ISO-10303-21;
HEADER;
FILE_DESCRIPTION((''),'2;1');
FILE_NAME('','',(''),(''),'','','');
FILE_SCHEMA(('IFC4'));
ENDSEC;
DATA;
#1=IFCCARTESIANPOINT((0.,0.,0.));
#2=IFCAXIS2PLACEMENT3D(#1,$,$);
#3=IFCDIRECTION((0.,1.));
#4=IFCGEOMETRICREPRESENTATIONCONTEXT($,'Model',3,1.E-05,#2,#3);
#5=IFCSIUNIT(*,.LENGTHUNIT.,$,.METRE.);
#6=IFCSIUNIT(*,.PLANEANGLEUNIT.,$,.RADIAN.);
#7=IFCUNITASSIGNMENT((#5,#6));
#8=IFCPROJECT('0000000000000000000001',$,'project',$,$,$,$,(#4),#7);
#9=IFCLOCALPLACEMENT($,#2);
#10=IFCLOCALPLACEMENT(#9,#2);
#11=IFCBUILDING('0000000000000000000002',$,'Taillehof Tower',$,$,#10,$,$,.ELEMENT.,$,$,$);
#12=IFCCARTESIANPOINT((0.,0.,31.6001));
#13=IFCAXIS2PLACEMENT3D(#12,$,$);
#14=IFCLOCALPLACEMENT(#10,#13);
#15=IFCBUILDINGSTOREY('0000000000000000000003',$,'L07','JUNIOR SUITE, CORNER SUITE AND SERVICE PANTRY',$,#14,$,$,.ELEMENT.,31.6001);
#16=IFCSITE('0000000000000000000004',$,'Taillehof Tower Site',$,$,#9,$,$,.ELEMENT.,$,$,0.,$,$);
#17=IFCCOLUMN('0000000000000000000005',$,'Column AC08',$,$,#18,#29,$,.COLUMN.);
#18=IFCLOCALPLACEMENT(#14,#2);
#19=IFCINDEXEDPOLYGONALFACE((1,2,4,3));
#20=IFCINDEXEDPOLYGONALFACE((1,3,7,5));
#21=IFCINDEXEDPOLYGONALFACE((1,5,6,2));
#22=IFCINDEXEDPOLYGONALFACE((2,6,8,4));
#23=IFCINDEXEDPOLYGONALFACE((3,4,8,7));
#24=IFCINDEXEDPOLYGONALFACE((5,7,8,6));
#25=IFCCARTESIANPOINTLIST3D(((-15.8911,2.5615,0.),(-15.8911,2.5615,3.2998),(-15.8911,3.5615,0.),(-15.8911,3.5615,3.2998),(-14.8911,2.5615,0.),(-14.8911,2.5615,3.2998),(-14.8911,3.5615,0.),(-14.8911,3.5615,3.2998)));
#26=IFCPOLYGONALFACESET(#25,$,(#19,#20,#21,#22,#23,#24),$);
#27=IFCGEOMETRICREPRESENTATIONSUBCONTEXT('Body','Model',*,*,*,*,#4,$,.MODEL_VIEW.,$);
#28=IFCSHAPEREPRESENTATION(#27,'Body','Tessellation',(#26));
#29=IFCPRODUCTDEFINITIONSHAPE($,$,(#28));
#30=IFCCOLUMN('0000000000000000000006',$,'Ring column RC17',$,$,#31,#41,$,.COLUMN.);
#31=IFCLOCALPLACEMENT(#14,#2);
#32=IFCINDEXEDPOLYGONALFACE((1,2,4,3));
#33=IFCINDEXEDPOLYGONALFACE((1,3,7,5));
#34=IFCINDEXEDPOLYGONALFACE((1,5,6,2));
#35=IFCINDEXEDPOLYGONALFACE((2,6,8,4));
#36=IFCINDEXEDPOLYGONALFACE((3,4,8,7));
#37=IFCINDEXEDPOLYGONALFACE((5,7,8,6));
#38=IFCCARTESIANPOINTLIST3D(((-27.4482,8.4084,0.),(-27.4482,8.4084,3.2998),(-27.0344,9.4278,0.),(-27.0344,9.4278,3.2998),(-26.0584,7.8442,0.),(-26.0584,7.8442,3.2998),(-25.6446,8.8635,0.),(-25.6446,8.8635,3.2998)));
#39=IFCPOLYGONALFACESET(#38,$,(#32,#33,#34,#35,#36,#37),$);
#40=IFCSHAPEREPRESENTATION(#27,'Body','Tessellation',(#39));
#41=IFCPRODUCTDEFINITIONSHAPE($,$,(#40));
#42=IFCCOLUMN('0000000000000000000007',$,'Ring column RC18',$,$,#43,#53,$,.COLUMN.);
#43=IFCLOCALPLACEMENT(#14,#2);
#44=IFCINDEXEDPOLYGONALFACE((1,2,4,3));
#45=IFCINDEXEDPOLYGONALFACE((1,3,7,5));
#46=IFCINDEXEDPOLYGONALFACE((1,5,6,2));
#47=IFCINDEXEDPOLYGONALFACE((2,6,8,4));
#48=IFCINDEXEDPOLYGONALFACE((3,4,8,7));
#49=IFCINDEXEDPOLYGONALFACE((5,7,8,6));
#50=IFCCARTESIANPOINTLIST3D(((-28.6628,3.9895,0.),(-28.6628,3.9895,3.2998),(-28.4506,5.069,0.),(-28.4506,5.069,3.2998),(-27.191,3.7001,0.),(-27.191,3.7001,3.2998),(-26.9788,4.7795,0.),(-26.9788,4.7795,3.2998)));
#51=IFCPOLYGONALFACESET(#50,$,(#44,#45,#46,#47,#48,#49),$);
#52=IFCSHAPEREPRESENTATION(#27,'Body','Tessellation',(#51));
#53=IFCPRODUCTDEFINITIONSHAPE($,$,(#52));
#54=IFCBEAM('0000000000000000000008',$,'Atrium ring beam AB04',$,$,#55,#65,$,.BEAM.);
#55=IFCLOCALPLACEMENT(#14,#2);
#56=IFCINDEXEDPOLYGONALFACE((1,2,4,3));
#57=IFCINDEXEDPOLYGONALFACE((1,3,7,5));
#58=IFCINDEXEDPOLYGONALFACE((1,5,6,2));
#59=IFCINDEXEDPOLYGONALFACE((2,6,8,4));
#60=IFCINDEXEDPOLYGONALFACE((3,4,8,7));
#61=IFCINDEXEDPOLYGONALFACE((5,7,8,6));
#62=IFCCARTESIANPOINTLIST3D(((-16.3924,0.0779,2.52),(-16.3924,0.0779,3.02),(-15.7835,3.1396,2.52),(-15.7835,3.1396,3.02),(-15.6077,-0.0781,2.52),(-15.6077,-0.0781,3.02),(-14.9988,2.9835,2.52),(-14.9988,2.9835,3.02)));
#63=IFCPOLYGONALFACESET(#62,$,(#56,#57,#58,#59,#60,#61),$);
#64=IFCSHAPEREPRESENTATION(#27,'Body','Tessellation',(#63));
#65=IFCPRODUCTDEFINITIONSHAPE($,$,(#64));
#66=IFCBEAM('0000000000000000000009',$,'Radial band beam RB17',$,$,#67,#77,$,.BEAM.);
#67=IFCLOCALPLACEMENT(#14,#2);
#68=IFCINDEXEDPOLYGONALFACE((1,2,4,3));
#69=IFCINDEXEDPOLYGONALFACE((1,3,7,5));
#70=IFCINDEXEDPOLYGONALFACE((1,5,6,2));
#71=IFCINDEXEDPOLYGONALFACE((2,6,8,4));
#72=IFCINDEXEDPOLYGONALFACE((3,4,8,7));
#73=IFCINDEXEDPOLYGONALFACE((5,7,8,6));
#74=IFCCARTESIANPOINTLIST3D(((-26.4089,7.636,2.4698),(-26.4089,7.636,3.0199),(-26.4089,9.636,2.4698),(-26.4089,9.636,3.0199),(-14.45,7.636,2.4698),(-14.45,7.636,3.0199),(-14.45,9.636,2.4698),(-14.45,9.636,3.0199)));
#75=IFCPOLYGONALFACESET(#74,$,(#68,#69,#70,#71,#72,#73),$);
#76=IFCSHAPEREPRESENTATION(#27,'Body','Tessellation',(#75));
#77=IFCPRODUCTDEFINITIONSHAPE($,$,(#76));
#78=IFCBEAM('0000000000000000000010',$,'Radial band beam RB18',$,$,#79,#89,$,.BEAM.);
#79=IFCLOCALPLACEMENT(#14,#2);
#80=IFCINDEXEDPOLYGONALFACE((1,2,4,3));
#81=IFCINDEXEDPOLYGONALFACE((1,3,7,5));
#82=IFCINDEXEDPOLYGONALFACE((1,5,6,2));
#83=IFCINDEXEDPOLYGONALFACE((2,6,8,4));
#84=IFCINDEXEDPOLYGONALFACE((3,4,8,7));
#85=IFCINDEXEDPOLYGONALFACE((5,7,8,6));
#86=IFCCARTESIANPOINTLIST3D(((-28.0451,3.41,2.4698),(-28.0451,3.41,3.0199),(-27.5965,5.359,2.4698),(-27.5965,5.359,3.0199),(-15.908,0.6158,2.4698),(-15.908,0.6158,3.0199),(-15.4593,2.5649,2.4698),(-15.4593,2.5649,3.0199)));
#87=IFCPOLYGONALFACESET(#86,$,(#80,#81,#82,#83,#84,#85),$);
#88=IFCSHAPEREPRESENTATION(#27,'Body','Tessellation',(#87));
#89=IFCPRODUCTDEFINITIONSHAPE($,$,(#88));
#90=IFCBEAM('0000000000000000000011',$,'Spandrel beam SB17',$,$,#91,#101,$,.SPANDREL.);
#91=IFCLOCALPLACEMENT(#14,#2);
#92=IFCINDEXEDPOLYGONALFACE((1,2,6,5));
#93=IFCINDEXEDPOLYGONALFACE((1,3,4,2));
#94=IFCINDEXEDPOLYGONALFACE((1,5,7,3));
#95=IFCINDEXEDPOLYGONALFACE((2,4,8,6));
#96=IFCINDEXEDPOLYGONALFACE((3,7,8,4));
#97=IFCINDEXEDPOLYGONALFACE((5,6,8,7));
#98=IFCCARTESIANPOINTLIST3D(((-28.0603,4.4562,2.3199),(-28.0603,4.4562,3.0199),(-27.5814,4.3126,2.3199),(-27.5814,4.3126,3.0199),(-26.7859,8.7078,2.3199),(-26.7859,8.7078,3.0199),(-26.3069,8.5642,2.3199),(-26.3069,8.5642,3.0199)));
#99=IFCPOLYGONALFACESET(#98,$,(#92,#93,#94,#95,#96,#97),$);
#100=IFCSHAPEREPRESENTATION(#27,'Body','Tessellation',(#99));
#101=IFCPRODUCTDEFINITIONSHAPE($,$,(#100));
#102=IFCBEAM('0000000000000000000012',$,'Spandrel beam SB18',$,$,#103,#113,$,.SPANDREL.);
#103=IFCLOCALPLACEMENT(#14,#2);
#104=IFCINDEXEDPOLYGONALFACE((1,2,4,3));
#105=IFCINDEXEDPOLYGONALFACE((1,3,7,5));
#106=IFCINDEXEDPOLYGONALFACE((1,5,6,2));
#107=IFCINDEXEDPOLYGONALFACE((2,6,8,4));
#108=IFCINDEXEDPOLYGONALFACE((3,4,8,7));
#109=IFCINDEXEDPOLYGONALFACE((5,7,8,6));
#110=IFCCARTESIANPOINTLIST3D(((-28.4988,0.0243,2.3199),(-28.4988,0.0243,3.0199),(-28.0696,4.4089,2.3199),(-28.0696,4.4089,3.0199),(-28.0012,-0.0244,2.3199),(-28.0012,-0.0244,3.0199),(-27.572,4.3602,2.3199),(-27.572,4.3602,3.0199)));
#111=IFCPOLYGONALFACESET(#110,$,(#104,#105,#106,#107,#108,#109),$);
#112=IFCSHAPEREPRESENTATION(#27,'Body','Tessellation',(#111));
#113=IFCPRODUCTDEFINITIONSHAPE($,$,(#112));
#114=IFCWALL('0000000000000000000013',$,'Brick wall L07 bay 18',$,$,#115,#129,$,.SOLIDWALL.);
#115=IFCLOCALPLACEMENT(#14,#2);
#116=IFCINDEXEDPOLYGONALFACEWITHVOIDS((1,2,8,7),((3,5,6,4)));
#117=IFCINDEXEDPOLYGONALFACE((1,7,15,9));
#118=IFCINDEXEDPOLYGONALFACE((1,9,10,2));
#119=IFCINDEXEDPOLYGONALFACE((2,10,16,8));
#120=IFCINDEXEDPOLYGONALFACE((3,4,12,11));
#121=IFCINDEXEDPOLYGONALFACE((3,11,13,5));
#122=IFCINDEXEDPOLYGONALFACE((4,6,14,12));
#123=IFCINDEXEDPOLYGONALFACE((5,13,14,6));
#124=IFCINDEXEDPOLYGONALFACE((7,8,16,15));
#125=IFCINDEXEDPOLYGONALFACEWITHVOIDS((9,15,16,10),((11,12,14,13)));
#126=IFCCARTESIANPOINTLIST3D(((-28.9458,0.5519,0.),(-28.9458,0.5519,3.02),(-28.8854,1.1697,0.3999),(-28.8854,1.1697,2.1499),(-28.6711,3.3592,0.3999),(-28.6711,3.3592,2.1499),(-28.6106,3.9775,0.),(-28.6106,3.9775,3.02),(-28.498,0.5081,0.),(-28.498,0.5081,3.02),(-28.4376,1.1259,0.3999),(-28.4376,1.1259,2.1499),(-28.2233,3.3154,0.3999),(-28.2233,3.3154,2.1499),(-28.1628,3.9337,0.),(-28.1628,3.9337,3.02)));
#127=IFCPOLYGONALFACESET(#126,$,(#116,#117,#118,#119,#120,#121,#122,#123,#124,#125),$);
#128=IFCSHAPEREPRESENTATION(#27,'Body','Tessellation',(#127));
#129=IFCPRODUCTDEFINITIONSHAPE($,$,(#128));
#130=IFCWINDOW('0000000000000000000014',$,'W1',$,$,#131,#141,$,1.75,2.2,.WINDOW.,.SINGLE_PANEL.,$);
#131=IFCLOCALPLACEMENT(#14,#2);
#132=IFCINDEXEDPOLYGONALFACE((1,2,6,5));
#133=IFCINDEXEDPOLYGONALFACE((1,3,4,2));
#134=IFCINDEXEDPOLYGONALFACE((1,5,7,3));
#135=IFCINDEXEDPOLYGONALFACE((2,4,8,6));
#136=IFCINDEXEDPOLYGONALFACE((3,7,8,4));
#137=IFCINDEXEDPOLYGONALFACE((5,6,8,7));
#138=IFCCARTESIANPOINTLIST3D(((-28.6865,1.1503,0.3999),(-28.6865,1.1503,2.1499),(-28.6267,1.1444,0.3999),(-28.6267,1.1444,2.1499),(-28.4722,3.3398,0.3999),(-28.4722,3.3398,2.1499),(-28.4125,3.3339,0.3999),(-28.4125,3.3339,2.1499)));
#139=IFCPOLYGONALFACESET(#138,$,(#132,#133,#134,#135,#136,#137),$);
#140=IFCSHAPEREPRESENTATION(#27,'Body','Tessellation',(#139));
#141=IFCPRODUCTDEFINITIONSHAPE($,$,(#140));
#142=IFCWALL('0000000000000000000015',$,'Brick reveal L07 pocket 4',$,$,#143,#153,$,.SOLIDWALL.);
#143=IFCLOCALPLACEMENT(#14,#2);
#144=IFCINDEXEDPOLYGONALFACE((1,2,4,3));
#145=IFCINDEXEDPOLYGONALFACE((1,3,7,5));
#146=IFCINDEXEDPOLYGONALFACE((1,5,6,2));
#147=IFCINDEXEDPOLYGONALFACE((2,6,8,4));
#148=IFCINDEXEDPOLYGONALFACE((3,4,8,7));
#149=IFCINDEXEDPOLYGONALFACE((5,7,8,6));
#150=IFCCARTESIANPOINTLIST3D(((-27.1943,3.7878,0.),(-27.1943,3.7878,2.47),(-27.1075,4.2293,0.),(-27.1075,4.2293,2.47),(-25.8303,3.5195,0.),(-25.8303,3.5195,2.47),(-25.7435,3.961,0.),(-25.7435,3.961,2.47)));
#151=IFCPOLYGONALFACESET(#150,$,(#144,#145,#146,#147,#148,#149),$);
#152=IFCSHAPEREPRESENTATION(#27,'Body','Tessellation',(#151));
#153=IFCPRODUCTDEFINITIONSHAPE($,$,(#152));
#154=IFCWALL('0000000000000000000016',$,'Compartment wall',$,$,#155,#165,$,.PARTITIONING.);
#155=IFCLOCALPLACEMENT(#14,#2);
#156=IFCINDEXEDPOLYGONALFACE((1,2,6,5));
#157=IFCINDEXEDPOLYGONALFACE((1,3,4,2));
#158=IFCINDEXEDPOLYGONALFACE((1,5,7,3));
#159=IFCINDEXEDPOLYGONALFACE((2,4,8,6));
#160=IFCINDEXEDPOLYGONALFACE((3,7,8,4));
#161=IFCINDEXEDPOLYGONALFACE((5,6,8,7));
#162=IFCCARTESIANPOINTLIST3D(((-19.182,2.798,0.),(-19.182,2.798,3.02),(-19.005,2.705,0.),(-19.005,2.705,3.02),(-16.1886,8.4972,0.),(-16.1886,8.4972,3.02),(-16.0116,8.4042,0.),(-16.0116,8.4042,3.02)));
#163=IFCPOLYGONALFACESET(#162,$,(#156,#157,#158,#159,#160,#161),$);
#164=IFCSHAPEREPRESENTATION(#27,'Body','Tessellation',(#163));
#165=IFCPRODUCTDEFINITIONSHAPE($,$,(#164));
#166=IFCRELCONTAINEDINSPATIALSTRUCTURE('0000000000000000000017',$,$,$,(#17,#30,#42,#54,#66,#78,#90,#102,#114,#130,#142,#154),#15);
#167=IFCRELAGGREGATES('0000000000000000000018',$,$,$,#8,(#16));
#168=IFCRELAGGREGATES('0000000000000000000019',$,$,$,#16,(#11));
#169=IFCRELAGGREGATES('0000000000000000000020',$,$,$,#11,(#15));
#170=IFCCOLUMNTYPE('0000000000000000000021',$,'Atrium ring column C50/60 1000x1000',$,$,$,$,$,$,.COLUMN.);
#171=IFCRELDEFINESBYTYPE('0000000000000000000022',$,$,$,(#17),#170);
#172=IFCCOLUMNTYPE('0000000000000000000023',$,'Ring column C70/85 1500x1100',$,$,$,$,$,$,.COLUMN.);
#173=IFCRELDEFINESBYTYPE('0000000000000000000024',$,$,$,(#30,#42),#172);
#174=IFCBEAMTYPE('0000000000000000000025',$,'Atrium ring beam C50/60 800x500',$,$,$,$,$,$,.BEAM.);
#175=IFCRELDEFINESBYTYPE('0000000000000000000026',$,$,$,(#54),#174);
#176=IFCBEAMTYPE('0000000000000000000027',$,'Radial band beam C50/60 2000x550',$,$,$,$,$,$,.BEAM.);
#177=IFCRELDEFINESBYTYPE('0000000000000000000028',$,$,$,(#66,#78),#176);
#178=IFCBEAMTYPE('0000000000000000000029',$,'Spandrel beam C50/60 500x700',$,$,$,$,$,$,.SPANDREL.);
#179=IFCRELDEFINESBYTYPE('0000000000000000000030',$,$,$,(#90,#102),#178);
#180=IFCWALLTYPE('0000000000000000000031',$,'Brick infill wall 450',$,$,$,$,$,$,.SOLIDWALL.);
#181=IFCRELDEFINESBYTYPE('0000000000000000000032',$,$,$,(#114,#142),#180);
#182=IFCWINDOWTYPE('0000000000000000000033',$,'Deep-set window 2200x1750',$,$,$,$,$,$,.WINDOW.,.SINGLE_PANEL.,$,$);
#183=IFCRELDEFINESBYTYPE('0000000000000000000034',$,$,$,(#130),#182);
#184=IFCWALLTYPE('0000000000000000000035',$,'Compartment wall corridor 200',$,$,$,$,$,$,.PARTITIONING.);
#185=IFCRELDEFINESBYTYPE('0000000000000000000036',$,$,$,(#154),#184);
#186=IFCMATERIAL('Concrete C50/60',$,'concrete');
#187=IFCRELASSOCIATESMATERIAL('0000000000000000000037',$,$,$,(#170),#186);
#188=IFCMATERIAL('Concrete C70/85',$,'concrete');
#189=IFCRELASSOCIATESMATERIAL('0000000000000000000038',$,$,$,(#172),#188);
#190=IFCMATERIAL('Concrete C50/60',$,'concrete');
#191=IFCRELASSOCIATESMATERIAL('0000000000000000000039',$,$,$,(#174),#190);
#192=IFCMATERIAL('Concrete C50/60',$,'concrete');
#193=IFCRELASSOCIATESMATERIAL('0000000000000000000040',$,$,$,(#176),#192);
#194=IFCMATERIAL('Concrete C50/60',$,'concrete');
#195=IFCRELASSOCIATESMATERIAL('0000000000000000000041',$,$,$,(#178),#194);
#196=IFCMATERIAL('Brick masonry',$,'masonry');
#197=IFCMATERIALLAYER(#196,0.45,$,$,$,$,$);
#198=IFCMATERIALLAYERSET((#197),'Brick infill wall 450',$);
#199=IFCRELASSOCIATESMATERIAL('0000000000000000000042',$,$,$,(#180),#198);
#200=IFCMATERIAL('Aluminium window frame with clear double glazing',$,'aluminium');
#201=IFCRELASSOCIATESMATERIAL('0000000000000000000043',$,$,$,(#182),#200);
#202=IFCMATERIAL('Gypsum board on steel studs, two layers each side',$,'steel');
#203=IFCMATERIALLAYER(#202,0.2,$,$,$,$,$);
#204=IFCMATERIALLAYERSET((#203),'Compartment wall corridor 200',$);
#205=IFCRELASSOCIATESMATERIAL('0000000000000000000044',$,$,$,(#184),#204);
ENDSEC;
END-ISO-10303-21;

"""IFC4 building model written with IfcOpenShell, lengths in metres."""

from ifc_helpers import new_model, si_unit, direction, frame, frame_2d, origin, origin_2d, place, context, subcontext, project, spatial, rectangle, extrude, material, layer, layer_set, material_profile, profile_set, type_object, element, fill, save


model = new_model("IFC4")

# Units and contexts
model_context = context("Model", 3, precision=1e-05, world=origin(), true_north=direction((0.0, 1.0)))
body_context = subcontext(model_context, "Body", "Model", "MODEL_VIEW")
ifc_project = project(units=[si_unit("LENGTHUNIT", "METRE"), si_unit("PLANEANGLEUNIT", "RADIAN")], contexts=[model_context])

# Site, building, storey
site_placement = place(None, origin())
site = spatial("IfcSite", under=ifc_project, at=site_placement, Name="Taillehof Tower Site", CompositionType="ELEMENT", RefElevation=0.0)
building_placement = place(site_placement, origin())
building = spatial("IfcBuilding", under=site, at=building_placement, Name="Taillehof Tower", CompositionType="ELEMENT")
storey_placement = place(building_placement, frame((0.0, 0.0, 31.6001)))
storey = spatial("IfcBuildingStorey", under=building, at=storey_placement, Name="L07", Description="JUNIOR SUITE, CORNER SUITE AND SERVICE PANTRY", CompositionType="ELEMENT", Elevation=31.6001)

# Columns
ifc_material_1 = material(Name="Concrete C50/60", Category="concrete")
ifc_material_profile_1 = material_profile(ifc_material_1, rectangle(XDim=1.0, YDim=1.0, at=origin_2d()), Name="RC 1000x1000")
ifc_profile_set_1 = profile_set([ifc_material_profile_1], Name="Concrete C50/60")
column_type_1 = type_object("IfcColumnType", Name="Atrium ring column C50/60 1000x1000", PredefinedType="COLUMN", material=ifc_profile_set_1)
column_placement = place(storey_placement, frame((-15.3911, 3.0615, 0.0), z_axis=(0.0, 0.0, 1.0), x_axis=(1.0, 0.0, 0.0)))
element("IfcColumn", 1, at=column_placement, inside=storey, type_object=column_type_1, Name="Column AC08", PredefinedType="COLUMN", context=body_context, shape_type="SweptSolid", body=[
    extrude(rectangle(XDim=1.0, YDim=1.0, at=origin_2d()), origin(), (0.0, 0.0, 1.0), 3.2998),
])
ifc_material_2 = material(Name="Concrete C70/85", Category="concrete")
ifc_material_profile_2 = material_profile(ifc_material_2, rectangle(XDim=1.5, YDim=1.1001, at=origin_2d()), Name="RC 1500x1100")
ifc_profile_set_2 = profile_set([ifc_material_profile_2], Name="Concrete C70/85")
column_type_2 = type_object("IfcColumnType", Name="Ring column C70/85 1500x1100", PredefinedType="COLUMN", material=ifc_profile_set_2)
for number, where, z_axis, x_axis, name in (
    (2, (-26.5464, 8.636, 0.0), (0.0, 0.0, 1.0), (-0.926558, 0.376152, 0.0), "Ring column RC17"),
    (3, (-27.8208, 4.3845, 0.0), (0.0, 0.0, 1.0), (-0.981204, 0.192976, 0.0), "Ring column RC18"),
):
    element("IfcColumn", number, at=place(storey_placement, frame(where, z_axis=z_axis, x_axis=x_axis)), inside=storey, type_object=column_type_2, Name=name, PredefinedType="COLUMN", context=body_context, shape_type="SweptSolid", body=[
        extrude(rectangle(XDim=1.5, YDim=1.1001, at=origin_2d()), origin(), (0.0, 0.0, 1.0), 3.2998),
    ])

# Beams
ifc_material_3 = material(Name="Concrete C50/60", Category="concrete")
ifc_material_profile_3 = material_profile(ifc_material_3, rectangle(XDim=0.8, YDim=0.5, at=origin_2d()), Name="RC 800x500")
ifc_profile_set_3 = profile_set([ifc_material_profile_3], Name="Concrete C50/60")
beam_type_1 = type_object("IfcBeamType", Name="Atrium ring beam C50/60 800x500", PredefinedType="BEAM", material=ifc_profile_set_3)
beam_1_placement = place(storey_placement, frame((-15.3911, 3.0615, 2.77), z_axis=(-0.195063, -0.980791, 0.0), x_axis=(0.980791, -0.195063, 0.0)))
element("IfcBeam", 4, at=beam_1_placement, inside=storey, type_object=beam_type_1, Name="Atrium ring beam AB04", PredefinedType="BEAM", context=body_context, shape_type="SweptSolid", body=[
    extrude(rectangle(XDim=0.8, YDim=0.5, at=origin_2d()), origin(), (0.0, 0.0, 1.0), 3.1216),
])
ifc_material_4 = material(Name="Concrete C50/60", Category="concrete")
ifc_material_profile_4 = material_profile(ifc_material_4, rectangle(XDim=2.0, YDim=0.55, at=origin_2d()), Name="RC 2000x550")
ifc_profile_set_4 = profile_set([ifc_material_profile_4], Name="Concrete C50/60")
beam_type_2 = type_object("IfcBeamType", Name="Radial band beam C50/60 2000x550", PredefinedType="BEAM", material=ifc_profile_set_4)
beam_2_placement = place(storey_placement, frame((-26.4089, 8.636, 2.7449), z_axis=(1.0, 0.0, 0.0), x_axis=(0.0, 1.0, 0.0)))
element("IfcBeam", 5, at=beam_2_placement, inside=storey, type_object=beam_type_2, Name="Radial band beam RB17", PredefinedType="BEAM", context=body_context, shape_type="SweptSolid", body=[
    extrude(rectangle(XDim=2.0, YDim=0.55, at=origin_2d()), origin(), (0.0, 0.0, 1.0), 11.959),
])
beam_3_placement = place(storey_placement, frame((-27.8208, 4.3845, 2.7449), z_axis=(0.974509, -0.224348, 0.0), x_axis=(0.224348, 0.974509, 0.0)))
element("IfcBeam", 6, at=beam_3_placement, inside=storey, type_object=beam_type_2, Name="Radial band beam RB18", PredefinedType="BEAM", context=body_context, shape_type="SweptSolid", body=[
    extrude(rectangle(XDim=2.0, YDim=0.55, at=origin_2d()), origin(), (0.0, 0.0, 1.0), 12.4546),
])
ifc_material_5 = material(Name="Concrete C50/60", Category="concrete")
ifc_material_profile_5 = material_profile(ifc_material_5, rectangle(XDim=0.5, YDim=0.7, at=origin_2d()), Name="RC 500x700")
ifc_profile_set_5 = profile_set([ifc_material_profile_5], Name="Concrete C50/60")
beam_type_3 = type_object("IfcBeamType", Name="Spandrel beam C50/60 500x700", PredefinedType="SPANDREL", material=ifc_profile_set_5)
beam_4_placement = place(storey_placement, frame((-26.5464, 8.636, 2.6699), z_axis=(-0.287136, -0.95789, 0.0), x_axis=(0.95789, -0.287136, 0.0)))
element("IfcBeam", 7, at=beam_4_placement, inside=storey, type_object=beam_type_3, Name="Spandrel beam SB17", PredefinedType="SPANDREL", context=body_context, shape_type="SweptSolid", body=[
    extrude(rectangle(XDim=0.5, YDim=0.7, at=origin_2d()), origin(), (0.0, 0.0, 1.0), 4.4385),
])
beam_5_placement = place(storey_placement, frame((-27.8208, 4.3845, 2.6699), z_axis=(-0.097424, -0.995243, 0.0), x_axis=(0.995243, -0.097424, 0.0)))
element("IfcBeam", 8, at=beam_5_placement, inside=storey, type_object=beam_type_3, Name="Spandrel beam SB18", PredefinedType="SPANDREL", context=body_context, shape_type="SweptSolid", body=[
    extrude(rectangle(XDim=0.5, YDim=0.7, at=origin_2d()), origin(), (0.0, 0.0, 1.0), 4.4055),
])

# Wall, opening, window
ifc_material_6 = material(Name="Brick masonry", Category="masonry")
ifc_layer_1 = layer(ifc_material_6, 0.45)
ifc_layer_set_1 = layer_set([ifc_layer_1], Name="Brick infill wall 450")
wall_type_1 = type_object("IfcWallType", Name="Brick infill wall 450", PredefinedType="SOLIDWALL", material=ifc_layer_set_1)
wall_1_placement = place(storey_placement, frame((-28.3867, 3.9556, 0.0), z_axis=(0.0, 0.0, 1.0), x_axis=(-0.09739, -0.995246, 0.0)))
wall_1 = element("IfcWall", 9, at=wall_1_placement, inside=storey, type_object=wall_type_1, Name="Brick wall L07 bay 18", PredefinedType="SOLIDWALL", context=body_context, shape_type="SweptSolid", body=[
    extrude(rectangle(XDim=3.4419, YDim=0.45, at=frame_2d((1.7209, 0.0))), origin(), (0.0, 0.0, 1.0), 3.02),
])
opening_1_placement = place(wall_1_placement, frame((0.6211, 0.0, 0.3999)))
opening_1 = element("IfcOpeningElement", 10, at=opening_1_placement, cuts=wall_1, PredefinedType="OPENING", context=body_context, shape_type="SweptSolid", body=[
    extrude(rectangle(XDim=2.2, YDim=1.75, at=frame_2d((1.1001, 0.875))), frame((0.0, 0.2349, 0.0), z_axis=(0.0, -1.0, 0.0), x_axis=(1.0, 0.0, 0.0)), (0.0, 0.0, 1.0), 0.47),
])
ifc_material_7 = material(Name="Aluminium window frame with clear double glazing", Category="aluminium")
window_type_1 = type_object("IfcWindowType", Name="Deep-set window 2200x1750", PartitioningType="SINGLE_PANEL", PredefinedType="WINDOW", material=ifc_material_7)
window_1_placement = place(opening_1_placement, origin())
window_1 = element("IfcWindow", 11, at=window_1_placement, inside=storey, type_object=window_type_1, Name="W1", OverallHeight=1.75, OverallWidth=2.2, PartitioningType="SINGLE_PANEL", PredefinedType="WINDOW", context=body_context, shape_type="SweptSolid", body=[
    extrude(rectangle(XDim=2.2, YDim=1.75, at=frame_2d((1.1001, 0.875))), frame((0.0, 0.0349, 0.0), z_axis=(0.0, -1.0, 0.0), x_axis=(1.0, 0.0, 0.0)), (0.0, 0.0, 1.0), 0.0601),
])
fill(opening_1, window_1)

# Wall
wall_2_placement = place(storey_placement, frame((-27.1509, 4.0085, 0.0), z_axis=(0.0, 0.0, 1.0), x_axis=(0.981197, -0.193008, 0.0)))
element("IfcWall", 12, at=wall_2_placement, inside=storey, type_object=wall_type_1, Name="Brick reveal L07 pocket 4", PredefinedType="SOLIDWALL", context=body_context, shape_type="SweptSolid", body=[
    extrude(rectangle(XDim=1.3901, YDim=0.45, at=frame_2d((0.6951, 0.0))), origin(), (0.0, 0.0, 1.0), 2.47),
])

# Wall
ifc_material_8 = material(Name="Gypsum board on steel studs, two layers each side", Category="steel")
ifc_layer_2 = layer(ifc_material_8, 0.2)
ifc_layer_set_2 = layer_set([ifc_layer_2], Name="Compartment wall corridor 200")
wall_type_2 = type_object("IfcWallType", Name="Compartment wall corridor 200", PredefinedType="PARTITIONING", material=ifc_layer_set_2)
wall_3_placement = place(storey_placement, frame((-19.0935, 2.7515, 0.0), z_axis=(0.0, 0.0, 1.0), x_axis=(0.464994, 0.885314, 0.0)))
element("IfcWall", 13, at=wall_3_placement, inside=storey, type_object=wall_type_2, Name="Compartment wall", PredefinedType="PARTITIONING", context=body_context, shape_type="SweptSolid", body=[
    extrude(rectangle(XDim=6.4375, YDim=0.2, at=frame_2d((3.2188, 0.0))), origin(), (0.0, 0.0, 1.0), 3.02),
])

save(model, "model.ifc")
